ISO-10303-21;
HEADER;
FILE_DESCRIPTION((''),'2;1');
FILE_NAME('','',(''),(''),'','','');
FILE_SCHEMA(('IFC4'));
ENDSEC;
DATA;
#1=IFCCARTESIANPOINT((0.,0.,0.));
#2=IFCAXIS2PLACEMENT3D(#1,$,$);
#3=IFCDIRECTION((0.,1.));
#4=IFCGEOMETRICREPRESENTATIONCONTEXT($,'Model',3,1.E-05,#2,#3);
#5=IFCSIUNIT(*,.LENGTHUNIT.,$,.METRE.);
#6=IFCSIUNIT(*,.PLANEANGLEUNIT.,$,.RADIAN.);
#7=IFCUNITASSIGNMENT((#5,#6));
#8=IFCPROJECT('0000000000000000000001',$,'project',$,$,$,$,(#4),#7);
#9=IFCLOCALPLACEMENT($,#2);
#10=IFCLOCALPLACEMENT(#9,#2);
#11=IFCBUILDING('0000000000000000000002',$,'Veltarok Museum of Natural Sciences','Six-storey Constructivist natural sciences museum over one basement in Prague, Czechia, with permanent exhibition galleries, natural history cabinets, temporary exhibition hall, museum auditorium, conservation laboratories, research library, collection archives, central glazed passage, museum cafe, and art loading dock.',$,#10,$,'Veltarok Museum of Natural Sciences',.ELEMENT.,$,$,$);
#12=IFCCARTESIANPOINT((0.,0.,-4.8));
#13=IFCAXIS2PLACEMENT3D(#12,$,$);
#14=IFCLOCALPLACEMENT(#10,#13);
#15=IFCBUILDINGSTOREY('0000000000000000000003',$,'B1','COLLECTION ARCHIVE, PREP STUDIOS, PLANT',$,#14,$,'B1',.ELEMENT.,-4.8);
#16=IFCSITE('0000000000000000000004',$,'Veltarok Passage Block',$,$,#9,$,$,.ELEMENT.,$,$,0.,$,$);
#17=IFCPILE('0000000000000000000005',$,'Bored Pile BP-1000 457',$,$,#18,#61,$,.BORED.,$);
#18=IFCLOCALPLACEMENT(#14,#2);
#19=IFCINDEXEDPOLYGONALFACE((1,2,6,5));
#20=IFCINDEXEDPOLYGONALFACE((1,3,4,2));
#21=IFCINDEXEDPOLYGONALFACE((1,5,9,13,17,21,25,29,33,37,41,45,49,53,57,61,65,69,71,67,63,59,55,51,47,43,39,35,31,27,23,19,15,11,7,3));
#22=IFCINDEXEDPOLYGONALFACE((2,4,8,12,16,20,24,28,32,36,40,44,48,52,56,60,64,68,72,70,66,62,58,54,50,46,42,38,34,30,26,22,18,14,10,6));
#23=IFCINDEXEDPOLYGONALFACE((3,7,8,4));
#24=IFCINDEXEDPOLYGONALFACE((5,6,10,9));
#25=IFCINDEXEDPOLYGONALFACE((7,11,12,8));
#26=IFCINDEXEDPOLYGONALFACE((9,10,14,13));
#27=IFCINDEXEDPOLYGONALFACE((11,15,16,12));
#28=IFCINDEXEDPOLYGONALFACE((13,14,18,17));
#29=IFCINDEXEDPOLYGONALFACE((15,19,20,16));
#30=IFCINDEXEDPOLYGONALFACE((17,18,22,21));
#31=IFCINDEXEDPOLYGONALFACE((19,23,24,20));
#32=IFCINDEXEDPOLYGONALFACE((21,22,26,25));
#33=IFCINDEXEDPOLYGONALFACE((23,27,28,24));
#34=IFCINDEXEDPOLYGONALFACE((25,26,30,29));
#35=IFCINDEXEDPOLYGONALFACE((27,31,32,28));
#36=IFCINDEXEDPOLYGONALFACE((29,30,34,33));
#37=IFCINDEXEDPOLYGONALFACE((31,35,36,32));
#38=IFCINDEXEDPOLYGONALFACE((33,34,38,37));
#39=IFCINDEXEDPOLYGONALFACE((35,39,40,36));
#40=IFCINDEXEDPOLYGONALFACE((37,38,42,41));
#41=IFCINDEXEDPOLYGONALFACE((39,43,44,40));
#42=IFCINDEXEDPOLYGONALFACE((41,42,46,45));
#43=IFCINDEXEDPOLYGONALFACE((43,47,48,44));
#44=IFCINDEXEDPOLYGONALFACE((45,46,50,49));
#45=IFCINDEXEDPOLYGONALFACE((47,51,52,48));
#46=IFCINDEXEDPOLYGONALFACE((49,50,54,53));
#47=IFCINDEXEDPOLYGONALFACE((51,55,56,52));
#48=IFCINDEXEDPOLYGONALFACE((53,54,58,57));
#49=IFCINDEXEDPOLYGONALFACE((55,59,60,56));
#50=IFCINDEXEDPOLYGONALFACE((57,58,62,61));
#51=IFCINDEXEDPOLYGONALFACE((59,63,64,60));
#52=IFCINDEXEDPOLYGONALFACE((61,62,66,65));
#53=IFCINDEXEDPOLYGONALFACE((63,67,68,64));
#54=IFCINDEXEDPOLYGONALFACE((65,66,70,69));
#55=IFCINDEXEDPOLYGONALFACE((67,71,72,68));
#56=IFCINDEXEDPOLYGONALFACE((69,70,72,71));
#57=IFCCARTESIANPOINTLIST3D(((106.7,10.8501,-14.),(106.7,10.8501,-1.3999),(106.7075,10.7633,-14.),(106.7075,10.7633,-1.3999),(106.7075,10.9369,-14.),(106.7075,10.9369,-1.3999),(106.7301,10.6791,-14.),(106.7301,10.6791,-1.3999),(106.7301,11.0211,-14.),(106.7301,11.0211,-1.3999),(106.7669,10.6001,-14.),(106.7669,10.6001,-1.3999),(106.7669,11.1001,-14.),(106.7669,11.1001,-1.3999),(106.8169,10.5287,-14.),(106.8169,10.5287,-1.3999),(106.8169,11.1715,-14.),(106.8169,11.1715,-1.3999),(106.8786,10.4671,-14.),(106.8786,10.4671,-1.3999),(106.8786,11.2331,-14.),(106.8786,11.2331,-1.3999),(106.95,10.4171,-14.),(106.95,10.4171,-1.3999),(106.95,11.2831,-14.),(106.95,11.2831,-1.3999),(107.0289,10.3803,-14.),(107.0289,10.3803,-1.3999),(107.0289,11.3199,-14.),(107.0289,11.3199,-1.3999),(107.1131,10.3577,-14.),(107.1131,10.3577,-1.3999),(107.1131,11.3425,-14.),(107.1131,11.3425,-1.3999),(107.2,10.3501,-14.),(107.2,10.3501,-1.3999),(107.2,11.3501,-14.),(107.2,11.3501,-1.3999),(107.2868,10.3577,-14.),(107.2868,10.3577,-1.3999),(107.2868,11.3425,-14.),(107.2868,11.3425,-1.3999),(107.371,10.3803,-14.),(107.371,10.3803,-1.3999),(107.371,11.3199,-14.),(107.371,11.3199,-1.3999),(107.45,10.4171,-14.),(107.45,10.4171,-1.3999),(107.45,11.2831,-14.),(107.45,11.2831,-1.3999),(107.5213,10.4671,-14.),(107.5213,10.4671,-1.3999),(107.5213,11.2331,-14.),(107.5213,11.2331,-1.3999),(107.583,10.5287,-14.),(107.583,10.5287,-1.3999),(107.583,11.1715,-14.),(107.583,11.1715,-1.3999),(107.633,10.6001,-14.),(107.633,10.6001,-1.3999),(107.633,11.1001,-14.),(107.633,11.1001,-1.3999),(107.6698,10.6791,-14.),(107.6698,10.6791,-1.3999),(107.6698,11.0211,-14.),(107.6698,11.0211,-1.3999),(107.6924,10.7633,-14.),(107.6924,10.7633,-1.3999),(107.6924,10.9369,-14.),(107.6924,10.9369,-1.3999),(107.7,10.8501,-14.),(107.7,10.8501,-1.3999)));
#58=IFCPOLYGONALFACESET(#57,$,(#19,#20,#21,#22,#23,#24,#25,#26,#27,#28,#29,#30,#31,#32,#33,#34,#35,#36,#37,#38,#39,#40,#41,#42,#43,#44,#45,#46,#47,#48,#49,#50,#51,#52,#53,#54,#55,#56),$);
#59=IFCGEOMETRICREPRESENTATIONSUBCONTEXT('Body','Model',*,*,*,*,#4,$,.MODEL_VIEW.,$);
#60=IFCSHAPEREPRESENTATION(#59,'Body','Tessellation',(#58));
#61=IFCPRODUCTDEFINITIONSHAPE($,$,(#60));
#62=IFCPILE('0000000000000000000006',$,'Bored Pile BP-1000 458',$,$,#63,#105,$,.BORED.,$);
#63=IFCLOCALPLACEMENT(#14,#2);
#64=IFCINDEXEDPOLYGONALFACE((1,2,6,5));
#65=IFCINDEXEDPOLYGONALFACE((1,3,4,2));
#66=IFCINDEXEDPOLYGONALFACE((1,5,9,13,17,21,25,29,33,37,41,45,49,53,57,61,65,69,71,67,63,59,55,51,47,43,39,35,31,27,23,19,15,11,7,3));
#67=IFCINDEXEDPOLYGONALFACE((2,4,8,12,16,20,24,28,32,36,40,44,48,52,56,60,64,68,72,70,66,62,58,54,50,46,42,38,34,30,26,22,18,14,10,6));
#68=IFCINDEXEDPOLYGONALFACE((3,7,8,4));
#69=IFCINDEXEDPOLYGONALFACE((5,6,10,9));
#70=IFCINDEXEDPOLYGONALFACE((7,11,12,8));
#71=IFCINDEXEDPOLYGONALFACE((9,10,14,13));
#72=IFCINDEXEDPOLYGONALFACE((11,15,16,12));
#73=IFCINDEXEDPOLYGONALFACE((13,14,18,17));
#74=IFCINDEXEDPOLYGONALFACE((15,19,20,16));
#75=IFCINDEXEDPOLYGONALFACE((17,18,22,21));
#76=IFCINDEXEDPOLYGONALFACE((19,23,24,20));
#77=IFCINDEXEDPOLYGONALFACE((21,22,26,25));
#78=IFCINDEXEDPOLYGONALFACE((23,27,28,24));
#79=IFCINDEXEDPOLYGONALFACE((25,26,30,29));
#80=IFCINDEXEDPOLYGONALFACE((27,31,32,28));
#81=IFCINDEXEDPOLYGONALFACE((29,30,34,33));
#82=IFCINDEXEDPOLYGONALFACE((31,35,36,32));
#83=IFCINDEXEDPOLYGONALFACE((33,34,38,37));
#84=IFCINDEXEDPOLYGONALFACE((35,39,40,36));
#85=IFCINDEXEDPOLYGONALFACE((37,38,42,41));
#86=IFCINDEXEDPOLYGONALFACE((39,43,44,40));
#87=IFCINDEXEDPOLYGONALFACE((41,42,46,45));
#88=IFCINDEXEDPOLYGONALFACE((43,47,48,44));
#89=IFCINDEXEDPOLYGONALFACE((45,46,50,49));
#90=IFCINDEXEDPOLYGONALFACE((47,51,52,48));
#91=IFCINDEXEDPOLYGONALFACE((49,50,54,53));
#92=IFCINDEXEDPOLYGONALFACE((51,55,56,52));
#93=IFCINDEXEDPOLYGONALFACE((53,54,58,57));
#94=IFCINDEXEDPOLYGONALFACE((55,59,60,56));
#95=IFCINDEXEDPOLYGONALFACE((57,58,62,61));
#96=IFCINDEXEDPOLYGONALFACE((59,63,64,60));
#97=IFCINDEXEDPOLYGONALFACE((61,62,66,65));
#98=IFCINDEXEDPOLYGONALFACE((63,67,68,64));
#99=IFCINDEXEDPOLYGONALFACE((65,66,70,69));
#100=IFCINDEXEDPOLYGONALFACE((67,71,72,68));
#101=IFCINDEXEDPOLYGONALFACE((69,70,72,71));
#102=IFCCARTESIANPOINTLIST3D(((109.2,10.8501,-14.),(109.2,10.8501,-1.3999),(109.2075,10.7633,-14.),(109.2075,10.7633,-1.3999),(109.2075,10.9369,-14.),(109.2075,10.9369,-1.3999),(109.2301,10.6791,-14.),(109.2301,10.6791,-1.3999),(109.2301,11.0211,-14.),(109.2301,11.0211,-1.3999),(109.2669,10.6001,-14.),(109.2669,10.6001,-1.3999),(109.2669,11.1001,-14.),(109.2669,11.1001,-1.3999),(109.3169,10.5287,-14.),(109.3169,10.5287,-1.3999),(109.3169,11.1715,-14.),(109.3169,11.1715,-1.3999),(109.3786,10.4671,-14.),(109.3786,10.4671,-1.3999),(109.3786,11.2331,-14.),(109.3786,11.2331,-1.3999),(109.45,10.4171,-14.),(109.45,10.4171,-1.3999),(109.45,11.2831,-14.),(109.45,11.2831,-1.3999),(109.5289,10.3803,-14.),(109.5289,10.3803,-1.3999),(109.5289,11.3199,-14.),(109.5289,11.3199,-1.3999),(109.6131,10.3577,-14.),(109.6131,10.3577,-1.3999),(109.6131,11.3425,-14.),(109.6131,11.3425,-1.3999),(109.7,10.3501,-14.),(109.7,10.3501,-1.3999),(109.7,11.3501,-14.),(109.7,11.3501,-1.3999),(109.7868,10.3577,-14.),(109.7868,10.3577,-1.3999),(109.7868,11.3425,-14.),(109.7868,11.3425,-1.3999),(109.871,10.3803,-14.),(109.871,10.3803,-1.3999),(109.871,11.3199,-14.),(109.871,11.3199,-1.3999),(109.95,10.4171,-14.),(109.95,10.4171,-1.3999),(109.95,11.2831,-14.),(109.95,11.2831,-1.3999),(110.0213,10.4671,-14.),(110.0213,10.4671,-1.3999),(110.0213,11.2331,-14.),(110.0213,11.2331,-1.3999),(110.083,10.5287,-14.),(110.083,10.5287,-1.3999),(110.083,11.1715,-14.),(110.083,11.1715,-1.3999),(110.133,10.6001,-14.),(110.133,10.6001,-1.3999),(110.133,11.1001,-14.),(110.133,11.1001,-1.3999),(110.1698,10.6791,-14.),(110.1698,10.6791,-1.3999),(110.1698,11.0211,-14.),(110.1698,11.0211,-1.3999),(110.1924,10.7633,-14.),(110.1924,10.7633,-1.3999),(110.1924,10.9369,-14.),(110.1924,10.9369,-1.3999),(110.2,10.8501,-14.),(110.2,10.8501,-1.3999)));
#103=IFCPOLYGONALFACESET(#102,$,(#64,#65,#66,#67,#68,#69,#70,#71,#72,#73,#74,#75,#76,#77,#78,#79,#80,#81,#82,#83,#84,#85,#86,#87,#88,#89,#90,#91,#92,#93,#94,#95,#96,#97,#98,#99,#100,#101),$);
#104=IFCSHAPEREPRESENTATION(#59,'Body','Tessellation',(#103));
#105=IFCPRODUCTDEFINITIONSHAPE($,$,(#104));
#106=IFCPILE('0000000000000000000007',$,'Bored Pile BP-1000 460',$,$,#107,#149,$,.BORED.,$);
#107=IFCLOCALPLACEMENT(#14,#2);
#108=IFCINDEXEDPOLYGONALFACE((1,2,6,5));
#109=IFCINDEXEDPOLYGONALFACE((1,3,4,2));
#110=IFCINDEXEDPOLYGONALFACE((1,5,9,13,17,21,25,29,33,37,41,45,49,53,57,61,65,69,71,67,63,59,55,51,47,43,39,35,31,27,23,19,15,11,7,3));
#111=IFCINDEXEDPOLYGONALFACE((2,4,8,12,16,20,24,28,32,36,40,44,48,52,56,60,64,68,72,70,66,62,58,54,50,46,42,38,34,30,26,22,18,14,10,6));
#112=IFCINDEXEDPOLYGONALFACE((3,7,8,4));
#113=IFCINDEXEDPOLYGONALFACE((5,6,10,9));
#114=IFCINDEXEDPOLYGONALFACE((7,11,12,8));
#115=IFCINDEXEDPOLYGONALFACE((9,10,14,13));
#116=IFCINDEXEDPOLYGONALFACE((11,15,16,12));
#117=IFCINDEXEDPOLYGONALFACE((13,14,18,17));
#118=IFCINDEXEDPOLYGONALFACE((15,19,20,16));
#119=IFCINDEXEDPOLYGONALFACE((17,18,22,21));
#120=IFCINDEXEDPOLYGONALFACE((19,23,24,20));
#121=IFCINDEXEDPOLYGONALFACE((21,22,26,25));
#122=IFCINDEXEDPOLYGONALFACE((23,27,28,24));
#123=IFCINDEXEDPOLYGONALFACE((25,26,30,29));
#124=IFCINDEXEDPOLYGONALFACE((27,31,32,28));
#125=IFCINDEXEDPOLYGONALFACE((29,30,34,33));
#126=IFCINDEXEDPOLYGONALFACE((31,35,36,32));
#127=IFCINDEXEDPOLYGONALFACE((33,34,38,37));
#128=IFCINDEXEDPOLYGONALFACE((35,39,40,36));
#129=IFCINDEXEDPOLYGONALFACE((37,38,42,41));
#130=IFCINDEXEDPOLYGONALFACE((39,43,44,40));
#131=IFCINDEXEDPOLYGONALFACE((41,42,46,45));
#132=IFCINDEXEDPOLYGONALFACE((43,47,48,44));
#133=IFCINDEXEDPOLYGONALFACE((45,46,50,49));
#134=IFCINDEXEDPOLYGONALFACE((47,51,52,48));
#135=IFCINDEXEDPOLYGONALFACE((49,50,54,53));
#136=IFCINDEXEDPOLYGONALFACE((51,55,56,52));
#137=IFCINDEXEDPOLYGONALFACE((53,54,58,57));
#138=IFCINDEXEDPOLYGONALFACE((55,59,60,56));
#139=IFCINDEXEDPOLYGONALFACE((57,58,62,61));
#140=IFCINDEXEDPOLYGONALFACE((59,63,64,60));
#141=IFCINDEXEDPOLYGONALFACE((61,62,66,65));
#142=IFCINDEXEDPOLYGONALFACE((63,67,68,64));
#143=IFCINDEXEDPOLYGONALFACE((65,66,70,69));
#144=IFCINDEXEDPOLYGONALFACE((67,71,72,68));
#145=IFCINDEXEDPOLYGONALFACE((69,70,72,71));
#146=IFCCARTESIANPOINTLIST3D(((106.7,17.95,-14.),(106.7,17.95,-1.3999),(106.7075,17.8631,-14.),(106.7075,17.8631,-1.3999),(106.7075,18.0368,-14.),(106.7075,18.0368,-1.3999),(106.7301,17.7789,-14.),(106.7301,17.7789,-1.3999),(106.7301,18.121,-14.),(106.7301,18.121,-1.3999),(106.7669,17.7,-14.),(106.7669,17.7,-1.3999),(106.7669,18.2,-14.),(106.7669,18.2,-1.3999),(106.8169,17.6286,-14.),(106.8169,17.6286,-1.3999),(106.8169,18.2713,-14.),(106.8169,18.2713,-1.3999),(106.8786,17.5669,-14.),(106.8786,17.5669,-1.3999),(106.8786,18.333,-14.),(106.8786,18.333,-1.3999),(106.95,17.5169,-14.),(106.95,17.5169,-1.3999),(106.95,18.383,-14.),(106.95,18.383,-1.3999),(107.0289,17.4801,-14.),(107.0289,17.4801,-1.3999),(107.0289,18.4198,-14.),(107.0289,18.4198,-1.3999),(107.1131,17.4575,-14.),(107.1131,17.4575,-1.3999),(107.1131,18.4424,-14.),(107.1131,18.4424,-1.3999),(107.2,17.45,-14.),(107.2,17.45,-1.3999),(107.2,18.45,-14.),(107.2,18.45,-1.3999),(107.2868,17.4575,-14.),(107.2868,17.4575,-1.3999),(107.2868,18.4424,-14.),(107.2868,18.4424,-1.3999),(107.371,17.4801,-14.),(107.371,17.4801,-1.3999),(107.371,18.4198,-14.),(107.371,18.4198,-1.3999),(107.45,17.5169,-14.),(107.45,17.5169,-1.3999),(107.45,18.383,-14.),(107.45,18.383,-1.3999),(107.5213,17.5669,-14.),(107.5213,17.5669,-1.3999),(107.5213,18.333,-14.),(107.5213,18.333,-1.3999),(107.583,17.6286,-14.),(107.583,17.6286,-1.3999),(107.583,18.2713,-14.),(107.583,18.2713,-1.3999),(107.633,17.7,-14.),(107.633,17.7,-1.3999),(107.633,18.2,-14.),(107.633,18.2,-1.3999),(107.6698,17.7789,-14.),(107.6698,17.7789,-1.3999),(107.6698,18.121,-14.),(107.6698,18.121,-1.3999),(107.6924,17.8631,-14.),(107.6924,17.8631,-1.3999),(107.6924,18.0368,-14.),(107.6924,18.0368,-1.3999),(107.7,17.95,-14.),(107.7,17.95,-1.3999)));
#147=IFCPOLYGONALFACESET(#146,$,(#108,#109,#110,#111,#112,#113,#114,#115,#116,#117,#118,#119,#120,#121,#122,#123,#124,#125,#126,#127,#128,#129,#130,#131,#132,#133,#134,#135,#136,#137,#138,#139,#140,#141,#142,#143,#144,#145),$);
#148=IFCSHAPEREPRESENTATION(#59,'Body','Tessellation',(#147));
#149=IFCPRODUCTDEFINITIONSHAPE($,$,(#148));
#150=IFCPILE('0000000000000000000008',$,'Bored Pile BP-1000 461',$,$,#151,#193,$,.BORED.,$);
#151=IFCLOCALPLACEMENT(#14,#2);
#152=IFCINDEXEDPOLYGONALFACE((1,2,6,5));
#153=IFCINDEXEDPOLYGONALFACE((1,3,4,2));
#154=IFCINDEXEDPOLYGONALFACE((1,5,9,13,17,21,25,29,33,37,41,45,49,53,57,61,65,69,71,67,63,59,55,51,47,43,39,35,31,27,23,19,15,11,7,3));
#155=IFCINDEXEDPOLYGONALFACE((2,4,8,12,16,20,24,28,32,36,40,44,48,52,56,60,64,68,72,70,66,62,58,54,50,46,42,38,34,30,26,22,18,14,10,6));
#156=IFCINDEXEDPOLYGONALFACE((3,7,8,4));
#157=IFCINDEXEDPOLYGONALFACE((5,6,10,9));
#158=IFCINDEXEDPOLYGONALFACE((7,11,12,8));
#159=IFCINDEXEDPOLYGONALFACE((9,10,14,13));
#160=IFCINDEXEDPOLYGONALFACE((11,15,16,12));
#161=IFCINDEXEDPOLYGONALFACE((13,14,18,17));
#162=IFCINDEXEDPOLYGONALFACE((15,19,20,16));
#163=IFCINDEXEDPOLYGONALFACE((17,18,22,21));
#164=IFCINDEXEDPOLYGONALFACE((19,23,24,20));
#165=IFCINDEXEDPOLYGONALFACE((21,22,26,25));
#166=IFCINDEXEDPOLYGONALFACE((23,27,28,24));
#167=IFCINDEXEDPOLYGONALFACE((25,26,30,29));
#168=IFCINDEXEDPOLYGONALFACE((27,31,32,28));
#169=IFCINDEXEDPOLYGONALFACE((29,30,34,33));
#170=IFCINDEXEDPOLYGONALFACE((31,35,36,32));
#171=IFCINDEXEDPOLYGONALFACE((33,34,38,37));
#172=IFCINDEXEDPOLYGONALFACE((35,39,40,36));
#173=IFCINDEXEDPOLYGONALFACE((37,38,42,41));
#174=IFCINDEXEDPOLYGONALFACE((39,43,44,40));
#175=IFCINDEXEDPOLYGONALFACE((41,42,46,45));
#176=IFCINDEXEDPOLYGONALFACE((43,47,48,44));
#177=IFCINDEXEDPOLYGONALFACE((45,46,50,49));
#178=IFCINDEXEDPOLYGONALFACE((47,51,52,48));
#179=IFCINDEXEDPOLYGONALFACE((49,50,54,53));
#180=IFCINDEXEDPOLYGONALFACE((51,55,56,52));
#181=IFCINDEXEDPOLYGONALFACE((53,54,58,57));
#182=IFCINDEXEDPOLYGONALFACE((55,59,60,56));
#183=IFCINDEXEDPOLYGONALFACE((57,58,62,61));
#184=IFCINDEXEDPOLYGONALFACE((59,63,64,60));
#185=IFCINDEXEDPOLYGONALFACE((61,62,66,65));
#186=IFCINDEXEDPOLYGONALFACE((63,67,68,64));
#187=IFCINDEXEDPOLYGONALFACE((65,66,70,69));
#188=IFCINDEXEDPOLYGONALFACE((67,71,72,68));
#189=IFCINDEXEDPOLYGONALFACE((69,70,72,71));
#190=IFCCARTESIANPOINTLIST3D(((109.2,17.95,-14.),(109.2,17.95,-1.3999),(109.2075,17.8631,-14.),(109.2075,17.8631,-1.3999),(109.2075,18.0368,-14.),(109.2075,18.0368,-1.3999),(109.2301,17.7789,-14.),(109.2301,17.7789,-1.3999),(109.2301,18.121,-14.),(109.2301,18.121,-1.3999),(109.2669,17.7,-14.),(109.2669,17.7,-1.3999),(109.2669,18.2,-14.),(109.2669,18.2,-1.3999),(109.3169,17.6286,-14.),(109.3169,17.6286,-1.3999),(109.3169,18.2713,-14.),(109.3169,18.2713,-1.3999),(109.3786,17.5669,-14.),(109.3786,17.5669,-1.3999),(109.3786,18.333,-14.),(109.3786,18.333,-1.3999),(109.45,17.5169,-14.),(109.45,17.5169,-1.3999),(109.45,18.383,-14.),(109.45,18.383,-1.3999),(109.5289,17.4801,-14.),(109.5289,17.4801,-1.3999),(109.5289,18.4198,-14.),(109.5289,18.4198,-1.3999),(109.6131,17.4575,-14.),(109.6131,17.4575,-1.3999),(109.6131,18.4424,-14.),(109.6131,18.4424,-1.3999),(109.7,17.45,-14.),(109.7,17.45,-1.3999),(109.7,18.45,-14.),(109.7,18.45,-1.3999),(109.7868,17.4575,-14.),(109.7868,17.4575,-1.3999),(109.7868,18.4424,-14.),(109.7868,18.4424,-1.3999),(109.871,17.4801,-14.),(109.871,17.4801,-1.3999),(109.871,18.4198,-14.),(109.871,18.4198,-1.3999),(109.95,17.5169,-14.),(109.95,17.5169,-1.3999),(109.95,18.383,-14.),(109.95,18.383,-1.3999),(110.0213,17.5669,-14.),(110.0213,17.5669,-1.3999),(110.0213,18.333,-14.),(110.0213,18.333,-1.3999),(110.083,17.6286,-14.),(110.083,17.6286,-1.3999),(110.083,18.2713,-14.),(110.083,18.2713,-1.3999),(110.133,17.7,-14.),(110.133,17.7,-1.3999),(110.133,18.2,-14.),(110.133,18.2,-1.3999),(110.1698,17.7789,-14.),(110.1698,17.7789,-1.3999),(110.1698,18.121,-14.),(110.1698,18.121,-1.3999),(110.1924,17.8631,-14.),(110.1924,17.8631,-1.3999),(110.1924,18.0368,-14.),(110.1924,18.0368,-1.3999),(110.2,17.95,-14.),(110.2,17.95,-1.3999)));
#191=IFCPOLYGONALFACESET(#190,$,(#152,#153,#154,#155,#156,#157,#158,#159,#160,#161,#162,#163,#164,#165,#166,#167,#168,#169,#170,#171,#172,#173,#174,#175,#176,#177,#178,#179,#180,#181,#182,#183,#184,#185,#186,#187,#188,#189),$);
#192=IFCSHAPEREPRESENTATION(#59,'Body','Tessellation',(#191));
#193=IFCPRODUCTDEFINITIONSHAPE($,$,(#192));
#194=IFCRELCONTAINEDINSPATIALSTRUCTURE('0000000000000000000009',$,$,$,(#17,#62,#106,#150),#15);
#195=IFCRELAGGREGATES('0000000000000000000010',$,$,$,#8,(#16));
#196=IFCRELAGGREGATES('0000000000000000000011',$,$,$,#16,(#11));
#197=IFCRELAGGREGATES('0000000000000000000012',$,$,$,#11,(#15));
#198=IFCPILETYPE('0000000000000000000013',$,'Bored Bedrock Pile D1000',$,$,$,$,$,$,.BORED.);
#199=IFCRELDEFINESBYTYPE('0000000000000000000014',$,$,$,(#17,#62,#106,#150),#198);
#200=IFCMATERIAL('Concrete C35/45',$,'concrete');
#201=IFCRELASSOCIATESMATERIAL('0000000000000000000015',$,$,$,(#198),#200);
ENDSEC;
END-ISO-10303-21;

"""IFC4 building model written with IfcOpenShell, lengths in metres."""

from ifc_helpers import new_model, si_unit, direction, frame, origin, origin_2d, place, context, subcontext, project, spatial, circle, extrude, material, material_profile, profile_set, type_object, element, save


model = new_model("IFC4")

# Units and contexts
model_context = context("Model", 3, precision=1e-05, world=origin(), true_north=direction((0.0, 1.0)))
body_context = subcontext(model_context, "Body", "Model", "MODEL_VIEW")
ifc_project = project(units=[si_unit("LENGTHUNIT", "METRE"), si_unit("PLANEANGLEUNIT", "RADIAN")], contexts=[model_context])

# Site, building, storey
site_placement = place(None, origin())
site = spatial("IfcSite", under=ifc_project, at=site_placement, Name="Veltarok Passage Block", CompositionType="ELEMENT", RefElevation=0.0)
building_placement = place(site_placement, origin())
building = spatial("IfcBuilding", under=site, at=building_placement, Name="Veltarok Museum of Natural Sciences", Description="Six-storey Constructivist natural sciences museum over one basement in Prague, Czechia, with permanent exhibition galleries, natural history cabinets, temporary exhibition hall, museum auditorium, conservation laboratories, research library, collection archives, central glazed passage, museum cafe, and art loading dock.", LongName="Veltarok Museum of Natural Sciences", CompositionType="ELEMENT")
storey_placement = place(building_placement, frame((0.0, 0.0, -4.8)))
storey = spatial("IfcBuildingStorey", under=building, at=storey_placement, Name="B1", Description="COLLECTION ARCHIVE, PREP STUDIOS, PLANT", LongName="B1", CompositionType="ELEMENT", Elevation=-4.8)

# Piles
ifc_material_1 = material(Name="Concrete C35/45", Category="concrete")
ifc_material_profile_1 = material_profile(ifc_material_1, circle(Radius=0.5, at=origin_2d()), Name="BP D1000")
ifc_profile_set_1 = profile_set([ifc_material_profile_1], Name="Concrete C35/45")
pile_type_1 = type_object("IfcPileType", Name="Bored Bedrock Pile D1000", PredefinedType="BORED", material=ifc_profile_set_1)
for number, where, z_axis, x_axis, name in (
    (1, (107.2, 10.8501, -1.3999), (0.0, 0.0, -1.0), (1.0, 0.0, 0.0), "Bored Pile BP-1000 457"),
    (2, (109.7, 10.8501, -1.3999), (0.0, 0.0, -1.0), (1.0, 0.0, 0.0), "Bored Pile BP-1000 458"),
    (3, (107.2, 17.95, -1.3999), (0.0, 0.0, -1.0), (1.0, 0.0, 0.0), "Bored Pile BP-1000 460"),
    (4, (109.7, 17.95, -1.3999), (0.0, 0.0, -1.0), (1.0, 0.0, 0.0), "Bored Pile BP-1000 461"),
):
    element("IfcPile", number, at=place(storey_placement, frame(where, z_axis=z_axis, x_axis=x_axis)), inside=storey, type_object=pile_type_1, Name=name, PredefinedType="BORED", context=body_context, shape_type="SweptSolid", body=[
        extrude(circle(Radius=0.5, at=origin_2d()), origin(), (0.0, 0.0, 1.0), 12.6001),
    ])

save(model, "model.ifc")
